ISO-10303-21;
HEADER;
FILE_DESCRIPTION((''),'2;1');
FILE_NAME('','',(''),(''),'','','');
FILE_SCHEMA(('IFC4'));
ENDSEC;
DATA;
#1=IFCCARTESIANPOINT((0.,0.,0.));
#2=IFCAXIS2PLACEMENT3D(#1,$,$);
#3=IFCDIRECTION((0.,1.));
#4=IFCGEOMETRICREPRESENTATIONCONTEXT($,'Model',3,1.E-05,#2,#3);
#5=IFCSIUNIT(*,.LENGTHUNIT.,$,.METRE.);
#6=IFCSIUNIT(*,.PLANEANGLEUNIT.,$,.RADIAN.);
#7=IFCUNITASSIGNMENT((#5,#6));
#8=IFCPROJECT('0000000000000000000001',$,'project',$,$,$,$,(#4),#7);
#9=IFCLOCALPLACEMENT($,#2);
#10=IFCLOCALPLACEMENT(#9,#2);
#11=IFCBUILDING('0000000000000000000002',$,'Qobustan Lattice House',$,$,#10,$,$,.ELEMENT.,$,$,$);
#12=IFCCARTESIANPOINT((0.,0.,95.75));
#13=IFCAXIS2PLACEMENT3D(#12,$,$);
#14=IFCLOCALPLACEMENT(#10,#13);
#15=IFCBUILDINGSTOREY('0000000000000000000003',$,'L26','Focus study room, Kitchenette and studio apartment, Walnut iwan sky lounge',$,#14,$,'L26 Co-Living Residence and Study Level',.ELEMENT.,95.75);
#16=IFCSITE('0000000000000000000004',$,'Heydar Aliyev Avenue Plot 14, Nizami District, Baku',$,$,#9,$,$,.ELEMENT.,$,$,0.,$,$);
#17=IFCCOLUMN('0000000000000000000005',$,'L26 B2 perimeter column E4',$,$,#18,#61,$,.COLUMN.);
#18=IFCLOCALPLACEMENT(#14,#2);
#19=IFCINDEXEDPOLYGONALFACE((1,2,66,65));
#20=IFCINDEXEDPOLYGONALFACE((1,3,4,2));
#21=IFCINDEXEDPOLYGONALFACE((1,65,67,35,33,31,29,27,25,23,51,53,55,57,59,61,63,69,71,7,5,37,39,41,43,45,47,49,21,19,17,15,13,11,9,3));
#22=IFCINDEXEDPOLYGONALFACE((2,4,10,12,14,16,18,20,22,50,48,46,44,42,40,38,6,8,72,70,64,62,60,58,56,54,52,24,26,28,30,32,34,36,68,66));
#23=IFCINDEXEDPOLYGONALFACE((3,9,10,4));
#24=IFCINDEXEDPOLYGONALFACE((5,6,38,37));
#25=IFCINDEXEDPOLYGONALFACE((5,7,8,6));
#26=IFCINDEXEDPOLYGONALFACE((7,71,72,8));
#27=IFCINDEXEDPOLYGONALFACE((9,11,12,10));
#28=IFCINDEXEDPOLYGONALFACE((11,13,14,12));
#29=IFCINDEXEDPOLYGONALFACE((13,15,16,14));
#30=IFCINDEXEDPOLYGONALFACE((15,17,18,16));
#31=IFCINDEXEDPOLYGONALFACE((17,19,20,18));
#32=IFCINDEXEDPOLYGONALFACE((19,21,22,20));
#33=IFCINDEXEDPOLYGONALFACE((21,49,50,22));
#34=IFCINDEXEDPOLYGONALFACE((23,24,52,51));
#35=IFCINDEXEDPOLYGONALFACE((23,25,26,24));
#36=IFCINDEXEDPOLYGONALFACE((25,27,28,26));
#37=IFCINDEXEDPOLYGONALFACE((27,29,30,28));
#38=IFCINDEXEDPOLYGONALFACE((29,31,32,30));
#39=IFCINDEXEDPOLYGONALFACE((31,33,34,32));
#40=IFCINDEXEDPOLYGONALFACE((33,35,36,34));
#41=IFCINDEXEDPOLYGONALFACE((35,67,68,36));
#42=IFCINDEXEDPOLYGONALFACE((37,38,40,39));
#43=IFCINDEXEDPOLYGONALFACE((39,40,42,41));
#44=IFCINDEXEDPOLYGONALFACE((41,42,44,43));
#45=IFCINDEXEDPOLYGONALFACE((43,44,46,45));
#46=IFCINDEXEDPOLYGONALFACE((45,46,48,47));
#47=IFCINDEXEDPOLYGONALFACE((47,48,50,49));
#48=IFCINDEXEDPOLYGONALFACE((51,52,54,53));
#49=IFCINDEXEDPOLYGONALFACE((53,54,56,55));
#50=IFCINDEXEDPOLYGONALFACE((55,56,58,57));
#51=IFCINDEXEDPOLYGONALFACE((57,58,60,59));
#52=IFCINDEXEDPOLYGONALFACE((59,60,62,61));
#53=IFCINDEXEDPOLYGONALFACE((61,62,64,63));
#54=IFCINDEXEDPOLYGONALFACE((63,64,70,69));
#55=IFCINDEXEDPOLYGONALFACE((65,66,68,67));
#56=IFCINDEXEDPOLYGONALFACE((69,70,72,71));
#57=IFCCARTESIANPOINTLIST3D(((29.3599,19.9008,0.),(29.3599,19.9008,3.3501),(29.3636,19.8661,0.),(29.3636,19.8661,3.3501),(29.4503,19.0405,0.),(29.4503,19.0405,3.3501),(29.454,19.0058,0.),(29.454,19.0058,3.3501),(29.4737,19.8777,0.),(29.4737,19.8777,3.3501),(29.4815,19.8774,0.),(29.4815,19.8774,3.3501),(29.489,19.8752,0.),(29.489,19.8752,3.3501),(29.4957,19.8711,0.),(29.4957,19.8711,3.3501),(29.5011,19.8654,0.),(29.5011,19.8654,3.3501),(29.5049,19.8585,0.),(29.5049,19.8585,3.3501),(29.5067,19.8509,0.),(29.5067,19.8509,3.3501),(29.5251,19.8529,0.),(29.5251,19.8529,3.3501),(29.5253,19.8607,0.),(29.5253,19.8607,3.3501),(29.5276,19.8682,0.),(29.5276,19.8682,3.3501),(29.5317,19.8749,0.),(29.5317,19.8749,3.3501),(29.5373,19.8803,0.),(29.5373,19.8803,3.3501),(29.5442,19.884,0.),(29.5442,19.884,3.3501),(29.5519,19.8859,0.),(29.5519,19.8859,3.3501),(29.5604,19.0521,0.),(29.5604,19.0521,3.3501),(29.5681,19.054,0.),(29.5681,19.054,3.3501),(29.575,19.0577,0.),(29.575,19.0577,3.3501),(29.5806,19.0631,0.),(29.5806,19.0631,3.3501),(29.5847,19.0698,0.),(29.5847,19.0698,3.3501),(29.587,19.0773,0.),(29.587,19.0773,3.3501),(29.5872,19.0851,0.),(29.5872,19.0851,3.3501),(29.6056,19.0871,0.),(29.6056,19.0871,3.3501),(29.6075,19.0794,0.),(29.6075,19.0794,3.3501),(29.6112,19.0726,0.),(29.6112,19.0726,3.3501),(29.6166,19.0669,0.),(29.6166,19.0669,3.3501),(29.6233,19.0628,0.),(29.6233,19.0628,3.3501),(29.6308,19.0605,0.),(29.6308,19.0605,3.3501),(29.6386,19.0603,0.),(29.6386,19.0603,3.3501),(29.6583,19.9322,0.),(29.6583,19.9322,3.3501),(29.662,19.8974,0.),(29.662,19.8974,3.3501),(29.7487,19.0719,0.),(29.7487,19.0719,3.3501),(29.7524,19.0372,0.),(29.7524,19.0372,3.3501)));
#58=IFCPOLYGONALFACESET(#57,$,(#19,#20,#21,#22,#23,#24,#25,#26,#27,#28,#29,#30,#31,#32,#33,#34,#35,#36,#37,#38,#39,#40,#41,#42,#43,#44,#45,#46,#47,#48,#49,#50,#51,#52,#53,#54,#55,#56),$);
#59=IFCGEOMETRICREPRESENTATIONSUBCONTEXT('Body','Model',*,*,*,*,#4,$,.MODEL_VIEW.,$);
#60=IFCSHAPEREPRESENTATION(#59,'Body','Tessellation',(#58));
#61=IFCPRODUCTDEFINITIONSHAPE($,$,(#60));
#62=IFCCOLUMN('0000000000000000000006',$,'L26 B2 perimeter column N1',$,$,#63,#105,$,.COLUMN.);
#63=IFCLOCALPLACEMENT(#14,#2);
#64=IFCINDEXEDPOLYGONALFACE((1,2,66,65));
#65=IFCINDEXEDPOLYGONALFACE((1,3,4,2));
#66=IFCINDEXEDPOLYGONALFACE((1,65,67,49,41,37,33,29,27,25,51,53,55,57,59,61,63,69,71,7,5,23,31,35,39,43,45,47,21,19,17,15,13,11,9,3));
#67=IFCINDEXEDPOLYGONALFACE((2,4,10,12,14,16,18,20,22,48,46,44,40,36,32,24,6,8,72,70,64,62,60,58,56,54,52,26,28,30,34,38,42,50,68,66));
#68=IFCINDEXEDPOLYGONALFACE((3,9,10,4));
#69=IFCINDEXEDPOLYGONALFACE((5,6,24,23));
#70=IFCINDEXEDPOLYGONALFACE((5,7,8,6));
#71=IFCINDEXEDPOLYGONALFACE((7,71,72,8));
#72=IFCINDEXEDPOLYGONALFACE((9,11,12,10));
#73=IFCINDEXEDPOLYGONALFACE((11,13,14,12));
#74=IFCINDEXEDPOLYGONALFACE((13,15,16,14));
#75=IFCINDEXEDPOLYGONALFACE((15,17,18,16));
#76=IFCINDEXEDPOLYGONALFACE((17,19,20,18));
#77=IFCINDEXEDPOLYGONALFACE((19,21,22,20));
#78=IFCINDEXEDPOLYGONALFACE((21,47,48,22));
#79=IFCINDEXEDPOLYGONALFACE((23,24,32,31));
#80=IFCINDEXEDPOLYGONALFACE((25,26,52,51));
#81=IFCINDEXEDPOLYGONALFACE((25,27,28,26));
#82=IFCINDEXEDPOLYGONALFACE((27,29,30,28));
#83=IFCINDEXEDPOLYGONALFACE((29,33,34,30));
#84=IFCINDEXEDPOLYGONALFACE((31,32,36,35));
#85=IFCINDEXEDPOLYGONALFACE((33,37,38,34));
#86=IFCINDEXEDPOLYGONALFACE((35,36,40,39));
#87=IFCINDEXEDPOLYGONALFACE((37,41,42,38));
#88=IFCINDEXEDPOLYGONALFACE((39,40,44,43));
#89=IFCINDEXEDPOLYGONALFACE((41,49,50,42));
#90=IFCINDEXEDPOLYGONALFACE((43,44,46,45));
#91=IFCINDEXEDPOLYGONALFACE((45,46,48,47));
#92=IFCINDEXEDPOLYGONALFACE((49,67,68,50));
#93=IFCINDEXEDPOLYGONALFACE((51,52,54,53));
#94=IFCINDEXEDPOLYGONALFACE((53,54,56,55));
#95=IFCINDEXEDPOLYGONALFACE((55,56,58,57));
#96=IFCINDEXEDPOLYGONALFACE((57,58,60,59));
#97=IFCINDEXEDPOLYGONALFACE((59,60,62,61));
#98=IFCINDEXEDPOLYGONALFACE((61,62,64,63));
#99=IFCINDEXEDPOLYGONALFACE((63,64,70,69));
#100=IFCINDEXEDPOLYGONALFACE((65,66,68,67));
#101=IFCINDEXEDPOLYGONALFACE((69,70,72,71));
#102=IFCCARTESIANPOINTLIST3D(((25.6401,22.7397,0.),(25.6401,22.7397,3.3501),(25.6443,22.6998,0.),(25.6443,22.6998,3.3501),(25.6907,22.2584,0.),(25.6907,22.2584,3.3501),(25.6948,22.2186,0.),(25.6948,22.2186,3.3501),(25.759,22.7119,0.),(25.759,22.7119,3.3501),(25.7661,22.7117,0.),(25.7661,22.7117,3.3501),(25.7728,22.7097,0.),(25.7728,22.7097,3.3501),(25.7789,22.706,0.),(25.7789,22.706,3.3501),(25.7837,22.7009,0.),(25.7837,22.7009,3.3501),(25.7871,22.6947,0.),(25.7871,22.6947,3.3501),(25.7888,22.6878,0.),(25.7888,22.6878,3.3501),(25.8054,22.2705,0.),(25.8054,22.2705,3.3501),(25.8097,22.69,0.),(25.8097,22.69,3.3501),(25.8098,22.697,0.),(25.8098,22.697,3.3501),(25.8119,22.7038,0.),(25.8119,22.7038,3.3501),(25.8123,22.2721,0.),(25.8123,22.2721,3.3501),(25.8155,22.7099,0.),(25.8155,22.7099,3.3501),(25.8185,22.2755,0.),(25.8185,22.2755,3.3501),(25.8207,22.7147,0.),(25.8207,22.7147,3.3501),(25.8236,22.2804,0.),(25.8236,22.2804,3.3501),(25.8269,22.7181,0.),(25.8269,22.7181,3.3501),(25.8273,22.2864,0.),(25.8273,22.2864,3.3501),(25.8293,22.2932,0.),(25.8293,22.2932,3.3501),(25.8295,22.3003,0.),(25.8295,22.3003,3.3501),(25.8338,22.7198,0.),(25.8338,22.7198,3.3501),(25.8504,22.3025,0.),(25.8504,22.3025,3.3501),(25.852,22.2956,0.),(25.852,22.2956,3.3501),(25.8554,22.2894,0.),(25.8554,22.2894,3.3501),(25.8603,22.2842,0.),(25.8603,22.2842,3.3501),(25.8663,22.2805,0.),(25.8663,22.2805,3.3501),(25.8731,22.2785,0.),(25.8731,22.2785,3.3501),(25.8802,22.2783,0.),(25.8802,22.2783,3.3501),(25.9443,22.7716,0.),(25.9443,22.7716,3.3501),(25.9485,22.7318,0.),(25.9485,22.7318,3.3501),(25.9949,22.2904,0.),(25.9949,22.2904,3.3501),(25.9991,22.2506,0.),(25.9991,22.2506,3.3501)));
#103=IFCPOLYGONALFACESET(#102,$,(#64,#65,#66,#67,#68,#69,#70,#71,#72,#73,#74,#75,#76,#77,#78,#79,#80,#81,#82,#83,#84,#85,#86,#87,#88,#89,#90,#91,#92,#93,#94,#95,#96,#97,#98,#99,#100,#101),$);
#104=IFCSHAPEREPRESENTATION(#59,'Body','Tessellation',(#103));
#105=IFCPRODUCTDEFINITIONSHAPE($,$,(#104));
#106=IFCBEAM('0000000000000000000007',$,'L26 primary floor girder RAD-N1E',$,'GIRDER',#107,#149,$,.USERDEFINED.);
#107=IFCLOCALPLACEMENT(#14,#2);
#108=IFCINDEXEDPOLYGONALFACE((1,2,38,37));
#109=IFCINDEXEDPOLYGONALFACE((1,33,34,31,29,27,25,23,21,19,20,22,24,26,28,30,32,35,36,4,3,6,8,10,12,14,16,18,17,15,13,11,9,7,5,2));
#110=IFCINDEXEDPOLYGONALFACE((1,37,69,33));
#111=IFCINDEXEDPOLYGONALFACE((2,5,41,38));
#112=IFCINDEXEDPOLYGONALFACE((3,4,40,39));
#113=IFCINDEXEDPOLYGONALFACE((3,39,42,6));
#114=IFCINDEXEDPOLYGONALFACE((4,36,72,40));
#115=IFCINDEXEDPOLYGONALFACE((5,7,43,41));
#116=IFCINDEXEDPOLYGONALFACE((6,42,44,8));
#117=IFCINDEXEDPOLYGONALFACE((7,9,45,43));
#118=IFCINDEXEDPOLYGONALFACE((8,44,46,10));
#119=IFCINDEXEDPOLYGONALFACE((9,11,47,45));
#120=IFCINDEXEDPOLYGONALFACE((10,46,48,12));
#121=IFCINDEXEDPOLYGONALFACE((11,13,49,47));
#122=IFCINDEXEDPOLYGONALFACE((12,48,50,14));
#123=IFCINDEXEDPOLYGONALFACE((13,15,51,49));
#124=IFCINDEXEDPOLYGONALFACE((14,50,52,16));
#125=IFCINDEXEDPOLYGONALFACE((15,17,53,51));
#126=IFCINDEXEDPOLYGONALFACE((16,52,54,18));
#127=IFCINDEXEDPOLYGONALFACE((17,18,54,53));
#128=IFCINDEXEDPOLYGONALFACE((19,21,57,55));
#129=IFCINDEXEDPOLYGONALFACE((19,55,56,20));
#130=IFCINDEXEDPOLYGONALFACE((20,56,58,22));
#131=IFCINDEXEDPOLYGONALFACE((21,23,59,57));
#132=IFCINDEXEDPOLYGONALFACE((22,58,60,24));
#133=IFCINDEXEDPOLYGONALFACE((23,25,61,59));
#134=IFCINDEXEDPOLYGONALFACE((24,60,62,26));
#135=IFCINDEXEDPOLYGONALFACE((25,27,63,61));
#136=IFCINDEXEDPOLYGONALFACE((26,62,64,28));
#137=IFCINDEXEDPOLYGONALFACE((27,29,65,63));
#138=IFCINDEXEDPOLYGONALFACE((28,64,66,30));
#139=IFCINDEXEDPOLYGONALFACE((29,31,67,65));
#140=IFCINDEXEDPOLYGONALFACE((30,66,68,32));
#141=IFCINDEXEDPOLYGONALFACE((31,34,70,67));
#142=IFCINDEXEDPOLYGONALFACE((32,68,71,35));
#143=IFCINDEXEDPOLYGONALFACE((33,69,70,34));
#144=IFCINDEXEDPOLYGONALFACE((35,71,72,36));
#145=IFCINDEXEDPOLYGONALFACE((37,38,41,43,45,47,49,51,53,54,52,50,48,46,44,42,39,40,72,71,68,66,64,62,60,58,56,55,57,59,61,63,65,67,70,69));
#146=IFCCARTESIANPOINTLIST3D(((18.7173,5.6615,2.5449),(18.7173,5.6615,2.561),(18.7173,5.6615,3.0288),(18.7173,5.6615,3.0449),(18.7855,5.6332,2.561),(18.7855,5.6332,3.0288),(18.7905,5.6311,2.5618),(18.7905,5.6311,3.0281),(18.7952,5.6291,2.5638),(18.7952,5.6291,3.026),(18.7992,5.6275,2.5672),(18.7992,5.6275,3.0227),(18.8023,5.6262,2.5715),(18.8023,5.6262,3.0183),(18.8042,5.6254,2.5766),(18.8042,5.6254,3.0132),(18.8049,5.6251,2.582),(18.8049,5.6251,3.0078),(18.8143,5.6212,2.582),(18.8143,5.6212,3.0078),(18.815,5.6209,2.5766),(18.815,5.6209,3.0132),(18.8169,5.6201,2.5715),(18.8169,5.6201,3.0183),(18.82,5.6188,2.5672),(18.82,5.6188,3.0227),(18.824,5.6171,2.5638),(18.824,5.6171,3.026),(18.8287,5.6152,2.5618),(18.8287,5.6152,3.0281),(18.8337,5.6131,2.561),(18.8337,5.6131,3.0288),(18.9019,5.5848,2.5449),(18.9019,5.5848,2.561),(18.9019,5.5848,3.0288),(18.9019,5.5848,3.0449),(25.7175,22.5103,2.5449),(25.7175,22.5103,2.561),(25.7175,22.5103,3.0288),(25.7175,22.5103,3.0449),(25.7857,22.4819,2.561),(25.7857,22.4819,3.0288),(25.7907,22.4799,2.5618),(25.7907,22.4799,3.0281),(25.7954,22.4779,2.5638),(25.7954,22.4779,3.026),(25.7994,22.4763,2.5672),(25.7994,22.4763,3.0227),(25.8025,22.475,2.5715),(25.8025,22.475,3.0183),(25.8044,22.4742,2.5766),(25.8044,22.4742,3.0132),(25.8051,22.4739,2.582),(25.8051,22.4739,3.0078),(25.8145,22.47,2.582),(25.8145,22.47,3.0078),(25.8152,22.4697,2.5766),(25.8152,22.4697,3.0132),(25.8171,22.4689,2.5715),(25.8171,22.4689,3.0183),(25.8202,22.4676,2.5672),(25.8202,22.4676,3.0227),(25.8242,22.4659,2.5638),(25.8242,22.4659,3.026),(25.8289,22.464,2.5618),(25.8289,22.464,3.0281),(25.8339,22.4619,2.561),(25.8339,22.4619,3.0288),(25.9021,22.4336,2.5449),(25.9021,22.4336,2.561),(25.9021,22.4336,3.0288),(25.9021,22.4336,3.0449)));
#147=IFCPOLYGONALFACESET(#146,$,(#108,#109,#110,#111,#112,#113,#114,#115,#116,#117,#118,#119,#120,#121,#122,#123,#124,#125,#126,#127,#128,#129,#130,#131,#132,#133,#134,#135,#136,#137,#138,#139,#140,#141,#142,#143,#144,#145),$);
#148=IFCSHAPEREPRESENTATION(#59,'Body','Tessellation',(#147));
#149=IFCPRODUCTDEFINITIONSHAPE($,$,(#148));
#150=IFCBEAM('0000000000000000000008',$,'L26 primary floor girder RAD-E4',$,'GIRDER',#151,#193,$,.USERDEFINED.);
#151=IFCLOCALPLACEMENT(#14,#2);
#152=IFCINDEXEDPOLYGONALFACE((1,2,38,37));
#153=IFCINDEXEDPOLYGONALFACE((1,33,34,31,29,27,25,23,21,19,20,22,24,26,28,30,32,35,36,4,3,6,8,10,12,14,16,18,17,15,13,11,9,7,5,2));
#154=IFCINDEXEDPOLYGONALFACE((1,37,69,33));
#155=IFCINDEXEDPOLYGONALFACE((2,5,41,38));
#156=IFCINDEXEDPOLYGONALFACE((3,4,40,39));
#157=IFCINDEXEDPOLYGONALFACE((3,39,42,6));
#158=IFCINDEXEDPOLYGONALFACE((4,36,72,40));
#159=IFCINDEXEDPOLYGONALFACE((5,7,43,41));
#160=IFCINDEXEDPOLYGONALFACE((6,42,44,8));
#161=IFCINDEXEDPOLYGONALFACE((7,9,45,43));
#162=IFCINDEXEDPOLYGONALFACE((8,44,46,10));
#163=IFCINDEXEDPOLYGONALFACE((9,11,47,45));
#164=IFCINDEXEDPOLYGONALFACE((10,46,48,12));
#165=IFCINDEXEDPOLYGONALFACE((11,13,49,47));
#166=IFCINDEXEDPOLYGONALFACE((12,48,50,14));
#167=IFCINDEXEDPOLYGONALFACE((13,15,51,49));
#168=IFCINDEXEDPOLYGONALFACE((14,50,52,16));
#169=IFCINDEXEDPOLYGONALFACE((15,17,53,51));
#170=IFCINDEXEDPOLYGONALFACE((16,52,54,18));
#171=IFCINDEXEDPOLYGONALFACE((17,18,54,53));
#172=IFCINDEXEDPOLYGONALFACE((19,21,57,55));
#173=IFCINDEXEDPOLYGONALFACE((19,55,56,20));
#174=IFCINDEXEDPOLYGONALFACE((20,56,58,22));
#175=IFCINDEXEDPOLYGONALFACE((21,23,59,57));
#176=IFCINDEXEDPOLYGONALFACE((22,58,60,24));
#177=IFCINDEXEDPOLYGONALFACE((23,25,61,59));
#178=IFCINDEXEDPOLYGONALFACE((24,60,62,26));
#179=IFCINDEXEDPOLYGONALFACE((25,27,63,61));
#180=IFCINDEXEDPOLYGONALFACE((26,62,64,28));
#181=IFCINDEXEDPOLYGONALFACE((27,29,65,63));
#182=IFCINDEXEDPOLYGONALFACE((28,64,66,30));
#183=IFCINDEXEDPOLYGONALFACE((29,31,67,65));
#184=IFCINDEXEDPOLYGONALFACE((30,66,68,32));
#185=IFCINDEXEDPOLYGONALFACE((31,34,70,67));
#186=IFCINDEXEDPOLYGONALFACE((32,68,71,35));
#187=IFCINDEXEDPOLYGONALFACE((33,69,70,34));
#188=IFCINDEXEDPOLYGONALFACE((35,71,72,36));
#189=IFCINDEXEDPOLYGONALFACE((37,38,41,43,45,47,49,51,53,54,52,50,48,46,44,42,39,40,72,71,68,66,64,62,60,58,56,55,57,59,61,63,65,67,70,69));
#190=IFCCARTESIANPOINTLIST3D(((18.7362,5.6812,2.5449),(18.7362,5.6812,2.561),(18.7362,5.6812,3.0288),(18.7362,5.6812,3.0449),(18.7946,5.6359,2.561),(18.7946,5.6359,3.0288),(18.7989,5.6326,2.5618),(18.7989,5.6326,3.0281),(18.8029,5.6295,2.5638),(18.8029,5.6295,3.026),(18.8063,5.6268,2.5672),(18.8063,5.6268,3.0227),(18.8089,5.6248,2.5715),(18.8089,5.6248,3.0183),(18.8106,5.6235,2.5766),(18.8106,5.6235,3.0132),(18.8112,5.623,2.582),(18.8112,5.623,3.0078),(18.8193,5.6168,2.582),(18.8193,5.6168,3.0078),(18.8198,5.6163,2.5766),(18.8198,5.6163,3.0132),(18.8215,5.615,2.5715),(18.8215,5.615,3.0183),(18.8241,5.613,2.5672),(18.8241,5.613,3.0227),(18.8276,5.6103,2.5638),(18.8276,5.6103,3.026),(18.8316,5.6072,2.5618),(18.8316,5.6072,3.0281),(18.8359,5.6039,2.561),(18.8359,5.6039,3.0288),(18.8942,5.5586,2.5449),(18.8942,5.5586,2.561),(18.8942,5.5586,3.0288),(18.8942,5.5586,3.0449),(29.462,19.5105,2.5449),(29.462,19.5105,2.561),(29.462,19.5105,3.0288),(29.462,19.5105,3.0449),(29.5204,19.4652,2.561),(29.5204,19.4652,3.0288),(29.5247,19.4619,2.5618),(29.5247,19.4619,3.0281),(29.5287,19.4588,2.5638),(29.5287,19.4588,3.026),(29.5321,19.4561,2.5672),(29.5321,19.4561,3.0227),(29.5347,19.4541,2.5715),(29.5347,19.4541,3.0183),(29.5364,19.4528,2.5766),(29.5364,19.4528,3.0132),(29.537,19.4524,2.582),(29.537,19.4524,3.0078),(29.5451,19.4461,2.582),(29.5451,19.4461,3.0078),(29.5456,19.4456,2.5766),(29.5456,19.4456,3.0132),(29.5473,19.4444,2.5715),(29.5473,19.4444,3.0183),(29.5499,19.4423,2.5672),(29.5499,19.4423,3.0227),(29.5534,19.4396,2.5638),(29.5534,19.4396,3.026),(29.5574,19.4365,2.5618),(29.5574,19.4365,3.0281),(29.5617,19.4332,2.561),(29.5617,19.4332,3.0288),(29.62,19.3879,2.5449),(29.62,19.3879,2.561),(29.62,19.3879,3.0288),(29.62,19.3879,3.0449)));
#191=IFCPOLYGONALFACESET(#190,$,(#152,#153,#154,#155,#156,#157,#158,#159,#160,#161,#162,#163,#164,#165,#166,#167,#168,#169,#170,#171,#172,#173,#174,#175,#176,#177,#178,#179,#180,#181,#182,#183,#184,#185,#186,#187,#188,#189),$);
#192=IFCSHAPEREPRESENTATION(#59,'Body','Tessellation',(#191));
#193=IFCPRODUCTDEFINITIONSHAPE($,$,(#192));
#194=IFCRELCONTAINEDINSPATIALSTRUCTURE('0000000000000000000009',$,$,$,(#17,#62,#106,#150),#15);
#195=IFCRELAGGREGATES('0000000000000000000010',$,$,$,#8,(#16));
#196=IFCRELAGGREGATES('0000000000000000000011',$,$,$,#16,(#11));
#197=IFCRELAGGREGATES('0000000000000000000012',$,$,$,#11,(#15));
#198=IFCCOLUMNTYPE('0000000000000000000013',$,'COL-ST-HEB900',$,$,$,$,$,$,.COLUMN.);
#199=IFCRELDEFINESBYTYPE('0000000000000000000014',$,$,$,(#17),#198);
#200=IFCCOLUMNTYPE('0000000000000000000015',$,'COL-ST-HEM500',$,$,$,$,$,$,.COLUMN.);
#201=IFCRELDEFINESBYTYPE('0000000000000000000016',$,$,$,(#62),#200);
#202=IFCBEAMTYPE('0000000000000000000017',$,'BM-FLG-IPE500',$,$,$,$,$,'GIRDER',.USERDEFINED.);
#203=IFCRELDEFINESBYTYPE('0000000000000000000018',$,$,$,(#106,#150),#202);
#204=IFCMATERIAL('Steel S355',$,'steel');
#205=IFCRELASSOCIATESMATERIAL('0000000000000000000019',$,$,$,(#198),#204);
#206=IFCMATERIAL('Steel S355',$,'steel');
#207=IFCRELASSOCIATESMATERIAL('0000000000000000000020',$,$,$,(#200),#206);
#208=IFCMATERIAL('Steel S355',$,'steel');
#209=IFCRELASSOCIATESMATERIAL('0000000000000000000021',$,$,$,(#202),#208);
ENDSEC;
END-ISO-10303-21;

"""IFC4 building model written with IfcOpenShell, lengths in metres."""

from ifc_helpers import new_model, si_unit, direction, frame, origin, origin_2d, place, context, subcontext, project, spatial, i_section, extrude, material, material_profile, profile_set, type_object, element, save


model = new_model("IFC4")

# Units and contexts
model_context = context("Model", 3, precision=1e-05, world=origin(), true_north=direction((0.0, 1.0)))
body_context = subcontext(model_context, "Body", "Model", "MODEL_VIEW")
ifc_project = project(units=[si_unit("LENGTHUNIT", "METRE"), si_unit("PLANEANGLEUNIT", "RADIAN")], contexts=[model_context])

# Site, building, storey
site_placement = place(None, origin())
site = spatial("IfcSite", under=ifc_project, at=site_placement, Name="Heydar Aliyev Avenue Plot 14, Nizami District, Baku", CompositionType="ELEMENT", RefElevation=0.0)
building_placement = place(site_placement, origin())
building = spatial("IfcBuilding", under=site, at=building_placement, Name="Qobustan Lattice House", CompositionType="ELEMENT")
storey_placement = place(building_placement, frame((0.0, 0.0, 95.75)))
storey = spatial("IfcBuildingStorey", under=building, at=storey_placement, Name="L26", Description="Focus study room, Kitchenette and studio apartment, Walnut iwan sky lounge", LongName="L26 Co-Living Residence and Study Level", CompositionType="ELEMENT", Elevation=95.75)

# Columns
ifc_material_1 = material(Name="Steel S355", Category="steel")
ifc_material_profile_1 = material_profile(ifc_material_1, i_section(OverallWidth=0.3, OverallDepth=0.8999, WebThickness=0.0186, FlangeThickness=0.0349, FilletRadius=0.03, at=origin_2d()), Name="HEB900")
ifc_profile_set_1 = profile_set([ifc_material_profile_1], Name="Steel S355")
column_type_1 = type_object("IfcColumnType", Name="COL-ST-HEB900", PredefinedType="COLUMN", material=ifc_profile_set_1)
column_1_placement = place(storey_placement, frame((29.5562, 19.469, 0.0), z_axis=(0.0, 0.0, 1.0), x_axis=(0.994522, 0.104528, 0.0)))
element("IfcColumn", 1, at=column_1_placement, inside=storey, type_object=column_type_1, Name="L26 B2 perimeter column E4", PredefinedType="COLUMN", context=body_context, shape_type="SweptSolid", body=[
    extrude(i_section(OverallWidth=0.3, OverallDepth=0.8999, WebThickness=0.0186, FlangeThickness=0.0349, FilletRadius=0.03, at=origin_2d()), origin(), (0.0, 0.0, 1.0), 3.3501),
])
ifc_material_2 = material(Name="Steel S355", Category="steel")
ifc_material_profile_2 = material_profile(ifc_material_2, i_section(OverallWidth=0.3059, OverallDepth=0.5239, WebThickness=0.021, FlangeThickness=0.04, FilletRadius=0.0271, at=origin_2d()), Name="HEM500")
ifc_profile_set_2 = profile_set([ifc_material_profile_2], Name="Steel S355")
column_type_2 = type_object("IfcColumnType", Name="COL-ST-HEM500", PredefinedType="COLUMN", material=ifc_profile_set_2)
column_2_placement = place(storey_placement, frame((25.8196, 22.4951, 0.0), z_axis=(0.0, 0.0, 1.0), x_axis=(0.994522, 0.104528, 0.0)))
element("IfcColumn", 2, at=column_2_placement, inside=storey, type_object=column_type_2, Name="L26 B2 perimeter column N1", PredefinedType="COLUMN", context=body_context, shape_type="SweptSolid", body=[
    extrude(i_section(OverallWidth=0.3059, OverallDepth=0.5239, WebThickness=0.021, FlangeThickness=0.04, FilletRadius=0.0271, at=origin_2d()), origin(), (0.0, 0.0, 1.0), 3.3501),
])

# Beams
ifc_material_3 = material(Name="Steel S355", Category="steel")
ifc_material_profile_3 = material_profile(ifc_material_3, i_section(OverallWidth=0.2, OverallDepth=0.5, WebThickness=0.0103, FlangeThickness=0.0161, FilletRadius=0.021, at=origin_2d()), Name="IPE500")
ifc_profile_set_3 = profile_set([ifc_material_profile_3], Name="Steel S355")
beam_type_1 = type_object("IfcBeamType", Name="BM-FLG-IPE500", ElementType="GIRDER", PredefinedType="USERDEFINED", material=ifc_profile_set_3)
beam_1_placement = place(storey_placement, frame((25.8098, 22.4719, 2.7949), z_axis=(-0.383676, -0.923468, 0.0), x_axis=(0.923468, -0.383676, 0.0)))
element("IfcBeam", 3, at=beam_1_placement, inside=storey, type_object=beam_type_1, Name="L26 primary floor girder RAD-N1E", ObjectType="GIRDER", PredefinedType="USERDEFINED", context=body_context, shape_type="SweptSolid", body=[
    extrude(i_section(OverallWidth=0.2, OverallDepth=0.5, WebThickness=0.0103, FlangeThickness=0.0161, FilletRadius=0.021, at=origin_2d()), origin(), (0.0, 0.0, 1.0), 18.2451),
])
beam_2_placement = place(storey_placement, frame((29.541, 19.4492, 2.7949), z_axis=(-0.61286, -0.790191, 0.0), x_axis=(0.790191, -0.61286, 0.0)))
element("IfcBeam", 4, at=beam_2_placement, inside=storey, type_object=beam_type_1, Name="L26 primary floor girder RAD-E4", ObjectType="GIRDER", PredefinedType="USERDEFINED", context=body_context, shape_type="SweptSolid", body=[
    extrude(i_section(OverallWidth=0.2, OverallDepth=0.5, WebThickness=0.0103, FlangeThickness=0.0161, FilletRadius=0.021, at=origin_2d()), origin(), (0.0, 0.0, 1.0), 17.5012),
])

save(model, "model.ifc")
